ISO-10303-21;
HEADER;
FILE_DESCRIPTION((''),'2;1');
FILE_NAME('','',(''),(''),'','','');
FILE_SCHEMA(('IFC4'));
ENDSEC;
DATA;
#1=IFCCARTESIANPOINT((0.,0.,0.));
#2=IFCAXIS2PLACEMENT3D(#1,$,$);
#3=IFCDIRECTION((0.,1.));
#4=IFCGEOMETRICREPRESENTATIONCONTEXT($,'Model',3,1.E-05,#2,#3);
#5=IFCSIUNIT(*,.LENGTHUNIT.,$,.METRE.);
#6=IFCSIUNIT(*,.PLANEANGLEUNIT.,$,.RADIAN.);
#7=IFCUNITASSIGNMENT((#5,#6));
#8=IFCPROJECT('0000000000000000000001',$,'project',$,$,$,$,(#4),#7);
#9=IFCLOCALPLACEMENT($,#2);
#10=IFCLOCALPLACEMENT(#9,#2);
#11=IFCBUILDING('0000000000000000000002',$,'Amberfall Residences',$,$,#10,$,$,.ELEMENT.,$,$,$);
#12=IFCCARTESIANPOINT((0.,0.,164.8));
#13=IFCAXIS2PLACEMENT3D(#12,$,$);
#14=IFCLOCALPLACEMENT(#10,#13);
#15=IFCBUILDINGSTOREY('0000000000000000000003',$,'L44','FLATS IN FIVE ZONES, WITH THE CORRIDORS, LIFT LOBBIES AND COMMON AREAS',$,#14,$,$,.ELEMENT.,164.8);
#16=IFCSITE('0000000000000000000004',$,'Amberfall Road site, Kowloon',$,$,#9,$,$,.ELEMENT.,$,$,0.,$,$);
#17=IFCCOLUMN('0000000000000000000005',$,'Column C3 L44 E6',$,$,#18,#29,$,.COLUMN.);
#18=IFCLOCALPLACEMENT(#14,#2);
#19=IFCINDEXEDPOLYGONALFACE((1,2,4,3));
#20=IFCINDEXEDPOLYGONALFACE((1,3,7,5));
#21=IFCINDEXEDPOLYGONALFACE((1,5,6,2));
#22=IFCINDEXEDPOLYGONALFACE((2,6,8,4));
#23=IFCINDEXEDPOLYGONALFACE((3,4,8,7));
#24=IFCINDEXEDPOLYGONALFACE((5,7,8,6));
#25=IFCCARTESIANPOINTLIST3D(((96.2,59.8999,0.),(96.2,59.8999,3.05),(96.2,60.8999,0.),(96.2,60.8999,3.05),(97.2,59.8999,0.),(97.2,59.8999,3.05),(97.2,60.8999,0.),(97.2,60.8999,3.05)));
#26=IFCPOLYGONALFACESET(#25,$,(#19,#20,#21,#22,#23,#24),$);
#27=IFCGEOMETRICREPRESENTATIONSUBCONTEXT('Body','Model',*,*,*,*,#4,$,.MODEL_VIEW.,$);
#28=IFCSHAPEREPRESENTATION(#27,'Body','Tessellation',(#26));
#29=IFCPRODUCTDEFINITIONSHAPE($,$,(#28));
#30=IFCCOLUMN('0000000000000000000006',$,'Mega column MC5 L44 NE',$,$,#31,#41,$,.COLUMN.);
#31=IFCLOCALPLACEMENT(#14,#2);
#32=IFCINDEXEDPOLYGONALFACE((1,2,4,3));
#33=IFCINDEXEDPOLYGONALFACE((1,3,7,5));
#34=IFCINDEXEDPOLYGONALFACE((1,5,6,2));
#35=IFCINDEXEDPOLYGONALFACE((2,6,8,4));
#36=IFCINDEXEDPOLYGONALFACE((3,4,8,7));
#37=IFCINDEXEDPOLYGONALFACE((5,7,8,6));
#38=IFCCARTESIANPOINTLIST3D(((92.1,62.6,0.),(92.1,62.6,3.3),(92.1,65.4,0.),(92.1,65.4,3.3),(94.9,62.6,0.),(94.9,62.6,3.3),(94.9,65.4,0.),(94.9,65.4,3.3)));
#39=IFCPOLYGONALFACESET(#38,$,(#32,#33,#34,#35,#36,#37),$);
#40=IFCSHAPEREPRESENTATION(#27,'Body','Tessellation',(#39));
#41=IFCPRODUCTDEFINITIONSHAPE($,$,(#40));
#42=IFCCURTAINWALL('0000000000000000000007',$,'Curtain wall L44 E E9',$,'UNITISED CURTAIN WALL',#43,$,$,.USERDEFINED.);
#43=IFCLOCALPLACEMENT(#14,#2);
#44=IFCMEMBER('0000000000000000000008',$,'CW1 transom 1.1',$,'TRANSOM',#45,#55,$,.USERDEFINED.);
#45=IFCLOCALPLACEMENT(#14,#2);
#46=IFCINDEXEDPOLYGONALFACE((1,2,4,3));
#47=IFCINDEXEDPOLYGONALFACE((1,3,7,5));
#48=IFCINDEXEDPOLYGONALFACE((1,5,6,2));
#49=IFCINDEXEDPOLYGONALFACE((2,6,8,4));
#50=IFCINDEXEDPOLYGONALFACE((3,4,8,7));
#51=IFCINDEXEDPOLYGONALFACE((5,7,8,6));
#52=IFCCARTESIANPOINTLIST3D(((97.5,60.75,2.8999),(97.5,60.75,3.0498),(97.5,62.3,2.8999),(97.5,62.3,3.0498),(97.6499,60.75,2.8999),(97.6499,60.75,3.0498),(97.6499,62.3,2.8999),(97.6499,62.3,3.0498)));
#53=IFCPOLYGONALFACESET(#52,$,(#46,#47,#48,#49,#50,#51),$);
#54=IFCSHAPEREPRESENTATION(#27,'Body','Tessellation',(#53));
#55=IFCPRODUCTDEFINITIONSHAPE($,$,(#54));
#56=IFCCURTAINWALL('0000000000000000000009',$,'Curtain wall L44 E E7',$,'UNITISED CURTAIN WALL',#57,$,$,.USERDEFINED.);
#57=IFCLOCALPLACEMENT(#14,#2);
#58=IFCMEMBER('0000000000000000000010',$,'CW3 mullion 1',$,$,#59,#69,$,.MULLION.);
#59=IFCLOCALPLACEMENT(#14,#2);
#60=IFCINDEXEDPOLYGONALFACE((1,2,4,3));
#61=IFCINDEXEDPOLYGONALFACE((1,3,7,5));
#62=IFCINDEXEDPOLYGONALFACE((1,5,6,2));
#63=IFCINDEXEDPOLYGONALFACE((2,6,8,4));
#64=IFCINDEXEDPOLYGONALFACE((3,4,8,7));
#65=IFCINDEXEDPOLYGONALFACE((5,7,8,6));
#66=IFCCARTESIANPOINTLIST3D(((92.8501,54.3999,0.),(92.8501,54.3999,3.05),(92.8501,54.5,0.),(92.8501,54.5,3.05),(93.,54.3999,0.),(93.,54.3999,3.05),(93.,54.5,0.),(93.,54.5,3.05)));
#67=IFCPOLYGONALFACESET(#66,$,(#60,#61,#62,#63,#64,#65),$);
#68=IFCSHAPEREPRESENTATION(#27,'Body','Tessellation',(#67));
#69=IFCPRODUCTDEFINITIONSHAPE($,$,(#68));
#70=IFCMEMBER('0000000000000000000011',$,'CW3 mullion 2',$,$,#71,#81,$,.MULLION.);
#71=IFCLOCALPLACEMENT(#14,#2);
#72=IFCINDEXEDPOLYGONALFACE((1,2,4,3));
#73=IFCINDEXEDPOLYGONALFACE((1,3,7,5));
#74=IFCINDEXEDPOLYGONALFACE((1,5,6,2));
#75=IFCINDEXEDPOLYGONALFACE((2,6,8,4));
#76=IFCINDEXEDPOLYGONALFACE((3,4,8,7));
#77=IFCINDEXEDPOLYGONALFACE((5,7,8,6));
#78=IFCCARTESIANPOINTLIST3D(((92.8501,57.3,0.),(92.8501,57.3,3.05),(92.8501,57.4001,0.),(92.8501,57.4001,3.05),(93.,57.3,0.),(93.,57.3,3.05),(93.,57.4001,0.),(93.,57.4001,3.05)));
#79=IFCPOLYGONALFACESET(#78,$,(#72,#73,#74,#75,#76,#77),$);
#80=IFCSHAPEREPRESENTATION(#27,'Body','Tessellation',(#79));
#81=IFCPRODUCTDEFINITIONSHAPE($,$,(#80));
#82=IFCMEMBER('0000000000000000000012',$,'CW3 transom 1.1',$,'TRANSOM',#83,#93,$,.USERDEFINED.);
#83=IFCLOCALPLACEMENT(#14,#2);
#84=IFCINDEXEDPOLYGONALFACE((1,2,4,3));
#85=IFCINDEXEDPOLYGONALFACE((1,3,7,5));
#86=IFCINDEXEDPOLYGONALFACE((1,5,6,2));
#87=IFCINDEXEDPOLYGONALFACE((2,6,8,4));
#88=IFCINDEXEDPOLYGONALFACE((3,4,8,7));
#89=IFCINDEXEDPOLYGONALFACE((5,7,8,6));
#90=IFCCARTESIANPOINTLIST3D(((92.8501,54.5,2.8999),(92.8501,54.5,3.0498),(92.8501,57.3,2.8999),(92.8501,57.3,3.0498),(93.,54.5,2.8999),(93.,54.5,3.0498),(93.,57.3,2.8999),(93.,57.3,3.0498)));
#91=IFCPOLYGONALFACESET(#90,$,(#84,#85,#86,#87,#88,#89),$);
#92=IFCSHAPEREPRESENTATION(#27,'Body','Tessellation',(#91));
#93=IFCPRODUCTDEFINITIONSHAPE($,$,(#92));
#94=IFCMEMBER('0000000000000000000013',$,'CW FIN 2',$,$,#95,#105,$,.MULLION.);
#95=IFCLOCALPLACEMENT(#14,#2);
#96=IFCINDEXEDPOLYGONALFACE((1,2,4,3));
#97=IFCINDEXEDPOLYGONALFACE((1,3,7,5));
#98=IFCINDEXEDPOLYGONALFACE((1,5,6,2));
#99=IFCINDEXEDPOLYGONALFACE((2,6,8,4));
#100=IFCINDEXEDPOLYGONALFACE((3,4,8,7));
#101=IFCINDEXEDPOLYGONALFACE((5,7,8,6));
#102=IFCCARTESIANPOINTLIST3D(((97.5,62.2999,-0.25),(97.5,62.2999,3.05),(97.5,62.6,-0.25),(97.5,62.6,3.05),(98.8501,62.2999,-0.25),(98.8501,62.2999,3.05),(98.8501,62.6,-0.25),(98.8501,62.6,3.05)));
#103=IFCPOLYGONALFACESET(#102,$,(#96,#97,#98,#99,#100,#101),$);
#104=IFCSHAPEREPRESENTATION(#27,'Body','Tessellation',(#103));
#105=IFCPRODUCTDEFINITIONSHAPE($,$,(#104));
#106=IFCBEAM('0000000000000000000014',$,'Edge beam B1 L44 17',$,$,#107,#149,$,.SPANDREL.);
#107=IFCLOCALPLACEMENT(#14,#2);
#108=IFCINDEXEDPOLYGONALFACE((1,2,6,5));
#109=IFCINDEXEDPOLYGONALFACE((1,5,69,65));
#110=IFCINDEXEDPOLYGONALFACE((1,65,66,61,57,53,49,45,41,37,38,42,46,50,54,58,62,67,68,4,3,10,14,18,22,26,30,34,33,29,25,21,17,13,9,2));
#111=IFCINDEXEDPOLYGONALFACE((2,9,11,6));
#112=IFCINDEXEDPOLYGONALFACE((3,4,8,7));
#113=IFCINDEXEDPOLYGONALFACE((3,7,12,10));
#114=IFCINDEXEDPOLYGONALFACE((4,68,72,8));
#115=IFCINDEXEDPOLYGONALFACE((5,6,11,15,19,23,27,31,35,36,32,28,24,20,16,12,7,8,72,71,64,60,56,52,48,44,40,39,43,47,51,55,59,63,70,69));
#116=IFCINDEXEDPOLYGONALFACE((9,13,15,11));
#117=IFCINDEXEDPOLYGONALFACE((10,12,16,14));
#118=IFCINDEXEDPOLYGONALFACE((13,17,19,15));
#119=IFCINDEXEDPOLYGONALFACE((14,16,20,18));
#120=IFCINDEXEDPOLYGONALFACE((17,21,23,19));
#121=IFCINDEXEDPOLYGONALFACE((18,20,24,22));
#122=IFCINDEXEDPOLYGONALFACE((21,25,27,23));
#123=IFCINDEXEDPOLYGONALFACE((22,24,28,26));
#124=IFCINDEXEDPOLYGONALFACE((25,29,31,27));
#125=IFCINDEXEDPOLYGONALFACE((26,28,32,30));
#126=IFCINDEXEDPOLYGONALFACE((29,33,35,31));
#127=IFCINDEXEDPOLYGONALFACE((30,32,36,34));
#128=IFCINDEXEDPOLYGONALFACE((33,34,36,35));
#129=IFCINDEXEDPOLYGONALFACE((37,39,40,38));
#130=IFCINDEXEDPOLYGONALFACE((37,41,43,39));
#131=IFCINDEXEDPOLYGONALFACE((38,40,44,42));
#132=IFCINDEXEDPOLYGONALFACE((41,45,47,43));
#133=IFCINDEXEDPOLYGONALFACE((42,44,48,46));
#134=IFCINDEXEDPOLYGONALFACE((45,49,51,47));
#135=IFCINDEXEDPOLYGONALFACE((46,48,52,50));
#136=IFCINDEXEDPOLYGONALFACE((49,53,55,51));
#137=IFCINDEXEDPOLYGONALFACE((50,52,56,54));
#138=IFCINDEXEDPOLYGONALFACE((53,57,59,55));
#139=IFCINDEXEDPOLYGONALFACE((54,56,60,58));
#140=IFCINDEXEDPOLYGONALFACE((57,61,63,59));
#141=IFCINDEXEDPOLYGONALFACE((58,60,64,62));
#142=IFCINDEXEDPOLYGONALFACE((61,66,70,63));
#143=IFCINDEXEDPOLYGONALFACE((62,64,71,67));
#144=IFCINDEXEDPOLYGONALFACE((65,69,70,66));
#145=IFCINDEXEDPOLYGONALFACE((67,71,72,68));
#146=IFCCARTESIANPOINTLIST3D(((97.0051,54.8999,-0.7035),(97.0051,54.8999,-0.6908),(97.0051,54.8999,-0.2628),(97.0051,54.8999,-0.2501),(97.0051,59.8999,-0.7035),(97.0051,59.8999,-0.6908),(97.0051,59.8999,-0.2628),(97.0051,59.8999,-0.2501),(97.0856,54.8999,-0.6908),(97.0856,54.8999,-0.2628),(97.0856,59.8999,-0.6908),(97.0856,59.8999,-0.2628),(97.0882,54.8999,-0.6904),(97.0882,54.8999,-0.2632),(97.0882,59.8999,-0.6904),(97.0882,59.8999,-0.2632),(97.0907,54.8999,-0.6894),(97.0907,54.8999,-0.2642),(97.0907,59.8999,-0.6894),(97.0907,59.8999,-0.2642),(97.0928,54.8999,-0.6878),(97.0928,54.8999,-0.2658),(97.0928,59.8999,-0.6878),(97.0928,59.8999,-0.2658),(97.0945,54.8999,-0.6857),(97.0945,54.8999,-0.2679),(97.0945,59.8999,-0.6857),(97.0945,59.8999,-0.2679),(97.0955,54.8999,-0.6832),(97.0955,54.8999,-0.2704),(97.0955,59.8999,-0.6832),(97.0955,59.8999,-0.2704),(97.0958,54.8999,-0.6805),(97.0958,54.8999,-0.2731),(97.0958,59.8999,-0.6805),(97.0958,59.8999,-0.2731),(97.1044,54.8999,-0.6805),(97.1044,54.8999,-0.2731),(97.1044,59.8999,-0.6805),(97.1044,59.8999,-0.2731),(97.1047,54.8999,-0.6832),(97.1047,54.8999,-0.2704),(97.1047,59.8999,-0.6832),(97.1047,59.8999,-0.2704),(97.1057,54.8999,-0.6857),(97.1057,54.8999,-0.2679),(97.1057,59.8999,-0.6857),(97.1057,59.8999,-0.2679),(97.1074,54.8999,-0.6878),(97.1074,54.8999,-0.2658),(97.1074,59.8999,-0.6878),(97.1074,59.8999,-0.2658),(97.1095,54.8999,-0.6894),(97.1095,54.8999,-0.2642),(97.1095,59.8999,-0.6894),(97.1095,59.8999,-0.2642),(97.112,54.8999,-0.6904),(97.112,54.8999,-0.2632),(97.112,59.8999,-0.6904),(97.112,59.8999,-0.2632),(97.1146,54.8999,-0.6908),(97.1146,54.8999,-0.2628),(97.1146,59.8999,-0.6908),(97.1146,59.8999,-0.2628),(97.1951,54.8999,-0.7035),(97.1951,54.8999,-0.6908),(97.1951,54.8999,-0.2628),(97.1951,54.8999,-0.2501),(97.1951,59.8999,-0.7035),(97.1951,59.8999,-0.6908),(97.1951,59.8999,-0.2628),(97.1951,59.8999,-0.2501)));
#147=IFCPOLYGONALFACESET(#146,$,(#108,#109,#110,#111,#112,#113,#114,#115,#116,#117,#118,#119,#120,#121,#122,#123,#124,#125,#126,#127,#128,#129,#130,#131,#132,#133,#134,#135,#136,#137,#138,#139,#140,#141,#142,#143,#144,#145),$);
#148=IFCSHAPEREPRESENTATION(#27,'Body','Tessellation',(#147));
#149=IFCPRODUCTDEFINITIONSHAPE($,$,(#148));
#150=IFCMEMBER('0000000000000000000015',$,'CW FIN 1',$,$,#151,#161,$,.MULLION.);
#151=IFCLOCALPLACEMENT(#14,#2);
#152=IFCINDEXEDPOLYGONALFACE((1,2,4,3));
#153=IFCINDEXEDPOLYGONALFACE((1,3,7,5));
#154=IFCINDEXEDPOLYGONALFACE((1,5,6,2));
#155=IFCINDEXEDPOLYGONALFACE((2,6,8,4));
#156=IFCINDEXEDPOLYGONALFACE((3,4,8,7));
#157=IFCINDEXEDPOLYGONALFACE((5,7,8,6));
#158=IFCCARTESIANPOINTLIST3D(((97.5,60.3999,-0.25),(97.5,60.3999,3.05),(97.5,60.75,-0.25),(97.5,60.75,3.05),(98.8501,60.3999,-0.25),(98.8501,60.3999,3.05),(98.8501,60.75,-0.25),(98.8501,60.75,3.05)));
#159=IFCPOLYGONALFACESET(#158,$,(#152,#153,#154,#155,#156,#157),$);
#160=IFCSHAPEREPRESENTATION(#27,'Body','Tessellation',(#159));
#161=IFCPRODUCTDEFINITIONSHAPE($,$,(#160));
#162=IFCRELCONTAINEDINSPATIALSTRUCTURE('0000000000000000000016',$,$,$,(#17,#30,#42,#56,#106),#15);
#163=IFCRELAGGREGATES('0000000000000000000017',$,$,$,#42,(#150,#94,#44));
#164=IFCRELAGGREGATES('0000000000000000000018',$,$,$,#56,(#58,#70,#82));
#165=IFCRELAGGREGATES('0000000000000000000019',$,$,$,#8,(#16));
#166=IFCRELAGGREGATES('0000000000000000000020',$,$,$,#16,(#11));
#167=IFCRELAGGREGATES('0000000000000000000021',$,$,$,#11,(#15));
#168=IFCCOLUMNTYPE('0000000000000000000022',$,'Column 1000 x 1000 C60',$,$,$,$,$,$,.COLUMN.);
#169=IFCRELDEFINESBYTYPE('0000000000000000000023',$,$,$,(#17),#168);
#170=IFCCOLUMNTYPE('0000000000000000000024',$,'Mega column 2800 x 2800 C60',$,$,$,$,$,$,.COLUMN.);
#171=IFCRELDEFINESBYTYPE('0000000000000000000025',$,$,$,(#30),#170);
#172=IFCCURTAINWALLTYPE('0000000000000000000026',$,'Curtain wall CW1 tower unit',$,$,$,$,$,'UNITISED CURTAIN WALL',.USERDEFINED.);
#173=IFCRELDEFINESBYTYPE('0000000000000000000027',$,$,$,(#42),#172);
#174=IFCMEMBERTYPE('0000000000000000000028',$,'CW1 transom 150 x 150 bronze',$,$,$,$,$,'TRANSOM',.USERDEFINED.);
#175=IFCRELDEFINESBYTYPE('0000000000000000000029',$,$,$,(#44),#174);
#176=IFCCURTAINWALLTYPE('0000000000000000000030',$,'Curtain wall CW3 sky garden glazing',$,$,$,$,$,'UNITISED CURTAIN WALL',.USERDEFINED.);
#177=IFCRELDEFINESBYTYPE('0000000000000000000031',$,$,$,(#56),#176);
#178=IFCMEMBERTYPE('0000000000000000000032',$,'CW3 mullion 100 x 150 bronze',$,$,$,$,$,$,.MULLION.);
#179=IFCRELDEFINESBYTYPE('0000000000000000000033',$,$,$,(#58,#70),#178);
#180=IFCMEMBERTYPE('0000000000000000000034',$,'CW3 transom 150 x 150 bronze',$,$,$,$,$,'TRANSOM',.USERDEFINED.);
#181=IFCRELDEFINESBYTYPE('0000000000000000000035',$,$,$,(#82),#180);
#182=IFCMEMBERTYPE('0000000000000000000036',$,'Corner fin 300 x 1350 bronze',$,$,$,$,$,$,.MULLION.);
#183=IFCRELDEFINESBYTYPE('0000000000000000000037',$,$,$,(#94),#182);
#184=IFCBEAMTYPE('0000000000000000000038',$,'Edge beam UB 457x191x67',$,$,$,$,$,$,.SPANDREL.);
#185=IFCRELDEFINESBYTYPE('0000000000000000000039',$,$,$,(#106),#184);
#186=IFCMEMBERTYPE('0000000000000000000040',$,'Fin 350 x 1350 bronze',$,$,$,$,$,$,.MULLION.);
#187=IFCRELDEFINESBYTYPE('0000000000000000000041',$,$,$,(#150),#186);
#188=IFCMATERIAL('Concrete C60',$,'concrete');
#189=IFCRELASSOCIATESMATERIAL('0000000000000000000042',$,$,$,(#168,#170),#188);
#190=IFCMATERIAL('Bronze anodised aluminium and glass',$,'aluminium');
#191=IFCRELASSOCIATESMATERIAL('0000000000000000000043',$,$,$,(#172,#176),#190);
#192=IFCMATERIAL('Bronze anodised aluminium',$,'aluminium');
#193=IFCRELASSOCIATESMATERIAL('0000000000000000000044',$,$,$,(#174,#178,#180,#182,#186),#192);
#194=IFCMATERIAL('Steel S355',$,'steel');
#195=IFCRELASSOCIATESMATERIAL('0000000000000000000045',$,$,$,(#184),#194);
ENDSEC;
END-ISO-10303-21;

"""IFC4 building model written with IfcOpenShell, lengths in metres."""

from ifc_helpers import new_model, si_unit, direction, frame, origin, origin_2d, place, context, subcontext, project, spatial, rectangle, i_section, extrude, material, material_profile, profile_set, type_object, element, aggregate, save


model = new_model("IFC4")

# Units and contexts
model_context = context("Model", 3, precision=1e-05, world=origin(), true_north=direction((0.0, 1.0)))
body_context = subcontext(model_context, "Body", "Model", "MODEL_VIEW")
ifc_project = project(units=[si_unit("LENGTHUNIT", "METRE"), si_unit("PLANEANGLEUNIT", "RADIAN")], contexts=[model_context])

# Site, building, storey
site_placement = place(None, origin())
site = spatial("IfcSite", under=ifc_project, at=site_placement, Name="Amberfall Road site, Kowloon", CompositionType="ELEMENT", RefElevation=0.0)
building_placement = place(site_placement, origin())
building = spatial("IfcBuilding", under=site, at=building_placement, Name="Amberfall Residences", CompositionType="ELEMENT")
storey_placement = place(building_placement, frame((0.0, 0.0, 164.8)))
storey = spatial("IfcBuildingStorey", under=building, at=storey_placement, Name="L44", Description="FLATS IN FIVE ZONES, WITH THE CORRIDORS, LIFT LOBBIES AND COMMON AREAS", CompositionType="ELEMENT", Elevation=164.8)

# Columns
ifc_material_1 = material(Name="Concrete C60", Category="concrete")
ifc_material_profile_1 = material_profile(ifc_material_1, rectangle(XDim=1.0, YDim=1.0, at=origin_2d()), Name="Column 1000 x 1000 C60")
ifc_profile_set_1 = profile_set([ifc_material_profile_1], Name="Concrete C60")
column_type_1 = type_object("IfcColumnType", Name="Column 1000 x 1000 C60", PredefinedType="COLUMN", material=ifc_profile_set_1)
column_1_placement = place(storey_placement, frame((96.7, 60.3999, 0.0), z_axis=(0.0, 0.0, 1.0), x_axis=(1.0, 0.0, 0.0)))
element("IfcColumn", 1, at=column_1_placement, inside=storey, type_object=column_type_1, Name="Column C3 L44 E6", PredefinedType="COLUMN", context=body_context, shape_type="SweptSolid", body=[
    extrude(rectangle(XDim=1.0, YDim=1.0, at=origin_2d()), origin(), (0.0, 0.0, 1.0), 3.05),
])
ifc_material_profile_2 = material_profile(ifc_material_1, rectangle(XDim=2.8, YDim=2.8, at=origin_2d()), Name="Mega column 2800 x 2800 C60")
ifc_profile_set_2 = profile_set([ifc_material_profile_2], Name="Concrete C60")
column_type_2 = type_object("IfcColumnType", Name="Mega column 2800 x 2800 C60", PredefinedType="COLUMN", material=ifc_profile_set_2)
column_2_placement = place(storey_placement, frame((93.5, 64.0, 0.0), z_axis=(0.0, 0.0, 1.0), x_axis=(1.0, 0.0, 0.0)))
element("IfcColumn", 2, at=column_2_placement, inside=storey, type_object=column_type_2, Name="Mega column MC5 L44 NE", PredefinedType="COLUMN", context=body_context, shape_type="SweptSolid", body=[
    extrude(rectangle(XDim=2.8, YDim=2.8, at=origin_2d()), origin(), (0.0, 0.0, 1.0), 3.3),
])

# Curtain wall, member
ifc_material_2 = material(Name="Bronze anodised aluminium and glass", Category="aluminium")
curtain_wall_type_1 = type_object("IfcCurtainWallType", Name="Curtain wall CW1 tower unit", ElementType="UNITISED CURTAIN WALL", PredefinedType="USERDEFINED", material=ifc_material_2)
curtain_wall_1_placement = place(storey_placement, origin())
curtain_wall_1 = element("IfcCurtainWall", 3, at=curtain_wall_1_placement, inside=storey, type_object=curtain_wall_type_1, Name="Curtain wall L44 E E9", ObjectType="UNITISED CURTAIN WALL", PredefinedType="USERDEFINED")
ifc_material_3 = material(Name="Bronze anodised aluminium", Category="aluminium")
ifc_material_profile_3 = material_profile(ifc_material_3, rectangle(XDim=0.1499, YDim=0.1499, at=origin_2d()), Name="CW1 transom 150 x 150 bronze")
ifc_profile_set_3 = profile_set([ifc_material_profile_3], Name="Bronze anodised aluminium")
member_type_1 = type_object("IfcMemberType", Name="CW1 transom 150 x 150 bronze", ElementType="TRANSOM", PredefinedType="USERDEFINED", material=ifc_profile_set_3)
member_1_placement = place(storey_placement, frame((97.575, 60.75, 2.9749), z_axis=(0.0, 1.0, 0.0), x_axis=(-1.0, 0.0, 0.0)))
member_1 = element("IfcMember", 4, at=member_1_placement, type_object=member_type_1, Name="CW1 transom 1.1", ObjectType="TRANSOM", PredefinedType="USERDEFINED", context=body_context, shape_type="SweptSolid", body=[
    extrude(rectangle(XDim=0.1499, YDim=0.1499, at=origin_2d()), origin(), (0.0, 0.0, 1.0), 1.55),
])

# Curtain wall, members
curtain_wall_type_2 = type_object("IfcCurtainWallType", Name="Curtain wall CW3 sky garden glazing", ElementType="UNITISED CURTAIN WALL", PredefinedType="USERDEFINED", material=ifc_material_2)
curtain_wall_2_placement = place(storey_placement, origin())
curtain_wall_2 = element("IfcCurtainWall", 5, at=curtain_wall_2_placement, inside=storey, type_object=curtain_wall_type_2, Name="Curtain wall L44 E E7", ObjectType="UNITISED CURTAIN WALL", PredefinedType="USERDEFINED")
ifc_material_profile_4 = material_profile(ifc_material_3, rectangle(XDim=0.1499, YDim=0.1001, at=origin_2d()), Name="CW3 mullion 100 x 150 bronze")
ifc_profile_set_4 = profile_set([ifc_material_profile_4], Name="Bronze anodised aluminium")
member_type_2 = type_object("IfcMemberType", Name="CW3 mullion 100 x 150 bronze", PredefinedType="MULLION", material=ifc_profile_set_4)
member_2_placement = place(storey_placement, frame((92.925, 54.45, 0.0), z_axis=(0.0, 0.0, 1.0), x_axis=(-1.0, 0.0, 0.0)))
member_2 = element("IfcMember", 6, at=member_2_placement, type_object=member_type_2, Name="CW3 mullion 1", PredefinedType="MULLION", context=body_context, shape_type="SweptSolid", body=[
    extrude(rectangle(XDim=0.1499, YDim=0.1001, at=origin_2d()), origin(), (0.0, 0.0, 1.0), 3.05),
])
member_3_placement = place(storey_placement, frame((92.925, 57.3501, 0.0), z_axis=(0.0, 0.0, 1.0), x_axis=(-1.0, 0.0, 0.0)))
member_3 = element("IfcMember", 7, at=member_3_placement, type_object=member_type_2, Name="CW3 mullion 2", PredefinedType="MULLION", context=body_context, shape_type="SweptSolid", body=[
    extrude(rectangle(XDim=0.1499, YDim=0.1001, at=origin_2d()), origin(), (0.0, 0.0, 1.0), 3.05),
])
ifc_material_profile_5 = material_profile(ifc_material_3, rectangle(XDim=0.1499, YDim=0.1499, at=origin_2d()), Name="CW3 transom 150 x 150 bronze")
ifc_profile_set_5 = profile_set([ifc_material_profile_5], Name="Bronze anodised aluminium")
member_type_3 = type_object("IfcMemberType", Name="CW3 transom 150 x 150 bronze", ElementType="TRANSOM", PredefinedType="USERDEFINED", material=ifc_profile_set_5)
member_4_placement = place(storey_placement, frame((92.925, 54.5, 2.9749), z_axis=(0.0, 1.0, 0.0), x_axis=(-1.0, 0.0, 0.0)))
member_4 = element("IfcMember", 8, at=member_4_placement, type_object=member_type_3, Name="CW3 transom 1.1", ObjectType="TRANSOM", PredefinedType="USERDEFINED", context=body_context, shape_type="SweptSolid", body=[
    extrude(rectangle(XDim=0.1499, YDim=0.1499, at=origin_2d()), origin(), (0.0, 0.0, 1.0), 2.8),
])

# Member
ifc_material_profile_6 = material_profile(ifc_material_3, rectangle(XDim=1.3501, YDim=0.3, at=origin_2d()), Name="Corner fin 300 x 1350 bronze")
ifc_profile_set_6 = profile_set([ifc_material_profile_6], Name="Bronze anodised aluminium")
member_type_4 = type_object("IfcMemberType", Name="Corner fin 300 x 1350 bronze", PredefinedType="MULLION", material=ifc_profile_set_6)
member_5_placement = place(storey_placement, frame((98.175, 62.45, -0.25), z_axis=(0.0, 0.0, 1.0), x_axis=(-1.0, 0.0, 0.0)))
member_5 = element("IfcMember", 9, at=member_5_placement, type_object=member_type_4, Name="CW FIN 2", PredefinedType="MULLION", context=body_context, shape_type="SweptSolid", body=[
    extrude(rectangle(XDim=1.3501, YDim=0.3, at=origin_2d()), origin(), (0.0, 0.0, 1.0), 3.3),
])

# Beam
ifc_material_4 = material(Name="Steel S355", Category="steel")
ifc_material_profile_7 = material_profile(ifc_material_4, i_section(OverallWidth=0.1899, OverallDepth=0.4534, WebThickness=0.0085, FlangeThickness=0.0127, FilletRadius=0.0103, at=origin_2d()), Name="UB 457x191x67")
ifc_profile_set_7 = profile_set([ifc_material_profile_7], Name="Steel S355")
beam_type_1 = type_object("IfcBeamType", Name="Edge beam UB 457x191x67", PredefinedType="SPANDREL", material=ifc_profile_set_7)
beam_1_placement = place(storey_placement, frame((97.1001, 54.8999, -0.4768), z_axis=(0.0, 1.0, 0.0), x_axis=(-1.0, 0.0, 0.0)))
element("IfcBeam", 10, at=beam_1_placement, inside=storey, type_object=beam_type_1, Name="Edge beam B1 L44 17", PredefinedType="SPANDREL", context=body_context, shape_type="SweptSolid", body=[
    extrude(i_section(OverallWidth=0.1899, OverallDepth=0.4534, WebThickness=0.0085, FlangeThickness=0.0127, FilletRadius=0.0103, at=origin_2d()), origin(), (0.0, 0.0, 1.0), 5.0),
])

# Member
ifc_material_profile_8 = material_profile(ifc_material_3, rectangle(XDim=1.3501, YDim=0.3501, at=origin_2d()), Name="Fin 350 x 1350 bronze")
ifc_profile_set_8 = profile_set([ifc_material_profile_8], Name="Bronze anodised aluminium")
member_type_5 = type_object("IfcMemberType", Name="Fin 350 x 1350 bronze", PredefinedType="MULLION", material=ifc_profile_set_8)
member_6_placement = place(storey_placement, frame((98.175, 60.575, -0.25), z_axis=(0.0, 0.0, 1.0), x_axis=(-1.0, 0.0, 0.0)))
member_6 = element("IfcMember", 11, at=member_6_placement, type_object=member_type_5, Name="CW FIN 1", PredefinedType="MULLION", context=body_context, shape_type="SweptSolid", body=[
    extrude(rectangle(XDim=1.3501, YDim=0.3501, at=origin_2d()), origin(), (0.0, 0.0, 1.0), 3.3),
])

aggregate(curtain_wall_1, [member_6, member_5, member_1])
aggregate(curtain_wall_2, [member_2, member_3, member_4])

save(model, "model.ifc")
